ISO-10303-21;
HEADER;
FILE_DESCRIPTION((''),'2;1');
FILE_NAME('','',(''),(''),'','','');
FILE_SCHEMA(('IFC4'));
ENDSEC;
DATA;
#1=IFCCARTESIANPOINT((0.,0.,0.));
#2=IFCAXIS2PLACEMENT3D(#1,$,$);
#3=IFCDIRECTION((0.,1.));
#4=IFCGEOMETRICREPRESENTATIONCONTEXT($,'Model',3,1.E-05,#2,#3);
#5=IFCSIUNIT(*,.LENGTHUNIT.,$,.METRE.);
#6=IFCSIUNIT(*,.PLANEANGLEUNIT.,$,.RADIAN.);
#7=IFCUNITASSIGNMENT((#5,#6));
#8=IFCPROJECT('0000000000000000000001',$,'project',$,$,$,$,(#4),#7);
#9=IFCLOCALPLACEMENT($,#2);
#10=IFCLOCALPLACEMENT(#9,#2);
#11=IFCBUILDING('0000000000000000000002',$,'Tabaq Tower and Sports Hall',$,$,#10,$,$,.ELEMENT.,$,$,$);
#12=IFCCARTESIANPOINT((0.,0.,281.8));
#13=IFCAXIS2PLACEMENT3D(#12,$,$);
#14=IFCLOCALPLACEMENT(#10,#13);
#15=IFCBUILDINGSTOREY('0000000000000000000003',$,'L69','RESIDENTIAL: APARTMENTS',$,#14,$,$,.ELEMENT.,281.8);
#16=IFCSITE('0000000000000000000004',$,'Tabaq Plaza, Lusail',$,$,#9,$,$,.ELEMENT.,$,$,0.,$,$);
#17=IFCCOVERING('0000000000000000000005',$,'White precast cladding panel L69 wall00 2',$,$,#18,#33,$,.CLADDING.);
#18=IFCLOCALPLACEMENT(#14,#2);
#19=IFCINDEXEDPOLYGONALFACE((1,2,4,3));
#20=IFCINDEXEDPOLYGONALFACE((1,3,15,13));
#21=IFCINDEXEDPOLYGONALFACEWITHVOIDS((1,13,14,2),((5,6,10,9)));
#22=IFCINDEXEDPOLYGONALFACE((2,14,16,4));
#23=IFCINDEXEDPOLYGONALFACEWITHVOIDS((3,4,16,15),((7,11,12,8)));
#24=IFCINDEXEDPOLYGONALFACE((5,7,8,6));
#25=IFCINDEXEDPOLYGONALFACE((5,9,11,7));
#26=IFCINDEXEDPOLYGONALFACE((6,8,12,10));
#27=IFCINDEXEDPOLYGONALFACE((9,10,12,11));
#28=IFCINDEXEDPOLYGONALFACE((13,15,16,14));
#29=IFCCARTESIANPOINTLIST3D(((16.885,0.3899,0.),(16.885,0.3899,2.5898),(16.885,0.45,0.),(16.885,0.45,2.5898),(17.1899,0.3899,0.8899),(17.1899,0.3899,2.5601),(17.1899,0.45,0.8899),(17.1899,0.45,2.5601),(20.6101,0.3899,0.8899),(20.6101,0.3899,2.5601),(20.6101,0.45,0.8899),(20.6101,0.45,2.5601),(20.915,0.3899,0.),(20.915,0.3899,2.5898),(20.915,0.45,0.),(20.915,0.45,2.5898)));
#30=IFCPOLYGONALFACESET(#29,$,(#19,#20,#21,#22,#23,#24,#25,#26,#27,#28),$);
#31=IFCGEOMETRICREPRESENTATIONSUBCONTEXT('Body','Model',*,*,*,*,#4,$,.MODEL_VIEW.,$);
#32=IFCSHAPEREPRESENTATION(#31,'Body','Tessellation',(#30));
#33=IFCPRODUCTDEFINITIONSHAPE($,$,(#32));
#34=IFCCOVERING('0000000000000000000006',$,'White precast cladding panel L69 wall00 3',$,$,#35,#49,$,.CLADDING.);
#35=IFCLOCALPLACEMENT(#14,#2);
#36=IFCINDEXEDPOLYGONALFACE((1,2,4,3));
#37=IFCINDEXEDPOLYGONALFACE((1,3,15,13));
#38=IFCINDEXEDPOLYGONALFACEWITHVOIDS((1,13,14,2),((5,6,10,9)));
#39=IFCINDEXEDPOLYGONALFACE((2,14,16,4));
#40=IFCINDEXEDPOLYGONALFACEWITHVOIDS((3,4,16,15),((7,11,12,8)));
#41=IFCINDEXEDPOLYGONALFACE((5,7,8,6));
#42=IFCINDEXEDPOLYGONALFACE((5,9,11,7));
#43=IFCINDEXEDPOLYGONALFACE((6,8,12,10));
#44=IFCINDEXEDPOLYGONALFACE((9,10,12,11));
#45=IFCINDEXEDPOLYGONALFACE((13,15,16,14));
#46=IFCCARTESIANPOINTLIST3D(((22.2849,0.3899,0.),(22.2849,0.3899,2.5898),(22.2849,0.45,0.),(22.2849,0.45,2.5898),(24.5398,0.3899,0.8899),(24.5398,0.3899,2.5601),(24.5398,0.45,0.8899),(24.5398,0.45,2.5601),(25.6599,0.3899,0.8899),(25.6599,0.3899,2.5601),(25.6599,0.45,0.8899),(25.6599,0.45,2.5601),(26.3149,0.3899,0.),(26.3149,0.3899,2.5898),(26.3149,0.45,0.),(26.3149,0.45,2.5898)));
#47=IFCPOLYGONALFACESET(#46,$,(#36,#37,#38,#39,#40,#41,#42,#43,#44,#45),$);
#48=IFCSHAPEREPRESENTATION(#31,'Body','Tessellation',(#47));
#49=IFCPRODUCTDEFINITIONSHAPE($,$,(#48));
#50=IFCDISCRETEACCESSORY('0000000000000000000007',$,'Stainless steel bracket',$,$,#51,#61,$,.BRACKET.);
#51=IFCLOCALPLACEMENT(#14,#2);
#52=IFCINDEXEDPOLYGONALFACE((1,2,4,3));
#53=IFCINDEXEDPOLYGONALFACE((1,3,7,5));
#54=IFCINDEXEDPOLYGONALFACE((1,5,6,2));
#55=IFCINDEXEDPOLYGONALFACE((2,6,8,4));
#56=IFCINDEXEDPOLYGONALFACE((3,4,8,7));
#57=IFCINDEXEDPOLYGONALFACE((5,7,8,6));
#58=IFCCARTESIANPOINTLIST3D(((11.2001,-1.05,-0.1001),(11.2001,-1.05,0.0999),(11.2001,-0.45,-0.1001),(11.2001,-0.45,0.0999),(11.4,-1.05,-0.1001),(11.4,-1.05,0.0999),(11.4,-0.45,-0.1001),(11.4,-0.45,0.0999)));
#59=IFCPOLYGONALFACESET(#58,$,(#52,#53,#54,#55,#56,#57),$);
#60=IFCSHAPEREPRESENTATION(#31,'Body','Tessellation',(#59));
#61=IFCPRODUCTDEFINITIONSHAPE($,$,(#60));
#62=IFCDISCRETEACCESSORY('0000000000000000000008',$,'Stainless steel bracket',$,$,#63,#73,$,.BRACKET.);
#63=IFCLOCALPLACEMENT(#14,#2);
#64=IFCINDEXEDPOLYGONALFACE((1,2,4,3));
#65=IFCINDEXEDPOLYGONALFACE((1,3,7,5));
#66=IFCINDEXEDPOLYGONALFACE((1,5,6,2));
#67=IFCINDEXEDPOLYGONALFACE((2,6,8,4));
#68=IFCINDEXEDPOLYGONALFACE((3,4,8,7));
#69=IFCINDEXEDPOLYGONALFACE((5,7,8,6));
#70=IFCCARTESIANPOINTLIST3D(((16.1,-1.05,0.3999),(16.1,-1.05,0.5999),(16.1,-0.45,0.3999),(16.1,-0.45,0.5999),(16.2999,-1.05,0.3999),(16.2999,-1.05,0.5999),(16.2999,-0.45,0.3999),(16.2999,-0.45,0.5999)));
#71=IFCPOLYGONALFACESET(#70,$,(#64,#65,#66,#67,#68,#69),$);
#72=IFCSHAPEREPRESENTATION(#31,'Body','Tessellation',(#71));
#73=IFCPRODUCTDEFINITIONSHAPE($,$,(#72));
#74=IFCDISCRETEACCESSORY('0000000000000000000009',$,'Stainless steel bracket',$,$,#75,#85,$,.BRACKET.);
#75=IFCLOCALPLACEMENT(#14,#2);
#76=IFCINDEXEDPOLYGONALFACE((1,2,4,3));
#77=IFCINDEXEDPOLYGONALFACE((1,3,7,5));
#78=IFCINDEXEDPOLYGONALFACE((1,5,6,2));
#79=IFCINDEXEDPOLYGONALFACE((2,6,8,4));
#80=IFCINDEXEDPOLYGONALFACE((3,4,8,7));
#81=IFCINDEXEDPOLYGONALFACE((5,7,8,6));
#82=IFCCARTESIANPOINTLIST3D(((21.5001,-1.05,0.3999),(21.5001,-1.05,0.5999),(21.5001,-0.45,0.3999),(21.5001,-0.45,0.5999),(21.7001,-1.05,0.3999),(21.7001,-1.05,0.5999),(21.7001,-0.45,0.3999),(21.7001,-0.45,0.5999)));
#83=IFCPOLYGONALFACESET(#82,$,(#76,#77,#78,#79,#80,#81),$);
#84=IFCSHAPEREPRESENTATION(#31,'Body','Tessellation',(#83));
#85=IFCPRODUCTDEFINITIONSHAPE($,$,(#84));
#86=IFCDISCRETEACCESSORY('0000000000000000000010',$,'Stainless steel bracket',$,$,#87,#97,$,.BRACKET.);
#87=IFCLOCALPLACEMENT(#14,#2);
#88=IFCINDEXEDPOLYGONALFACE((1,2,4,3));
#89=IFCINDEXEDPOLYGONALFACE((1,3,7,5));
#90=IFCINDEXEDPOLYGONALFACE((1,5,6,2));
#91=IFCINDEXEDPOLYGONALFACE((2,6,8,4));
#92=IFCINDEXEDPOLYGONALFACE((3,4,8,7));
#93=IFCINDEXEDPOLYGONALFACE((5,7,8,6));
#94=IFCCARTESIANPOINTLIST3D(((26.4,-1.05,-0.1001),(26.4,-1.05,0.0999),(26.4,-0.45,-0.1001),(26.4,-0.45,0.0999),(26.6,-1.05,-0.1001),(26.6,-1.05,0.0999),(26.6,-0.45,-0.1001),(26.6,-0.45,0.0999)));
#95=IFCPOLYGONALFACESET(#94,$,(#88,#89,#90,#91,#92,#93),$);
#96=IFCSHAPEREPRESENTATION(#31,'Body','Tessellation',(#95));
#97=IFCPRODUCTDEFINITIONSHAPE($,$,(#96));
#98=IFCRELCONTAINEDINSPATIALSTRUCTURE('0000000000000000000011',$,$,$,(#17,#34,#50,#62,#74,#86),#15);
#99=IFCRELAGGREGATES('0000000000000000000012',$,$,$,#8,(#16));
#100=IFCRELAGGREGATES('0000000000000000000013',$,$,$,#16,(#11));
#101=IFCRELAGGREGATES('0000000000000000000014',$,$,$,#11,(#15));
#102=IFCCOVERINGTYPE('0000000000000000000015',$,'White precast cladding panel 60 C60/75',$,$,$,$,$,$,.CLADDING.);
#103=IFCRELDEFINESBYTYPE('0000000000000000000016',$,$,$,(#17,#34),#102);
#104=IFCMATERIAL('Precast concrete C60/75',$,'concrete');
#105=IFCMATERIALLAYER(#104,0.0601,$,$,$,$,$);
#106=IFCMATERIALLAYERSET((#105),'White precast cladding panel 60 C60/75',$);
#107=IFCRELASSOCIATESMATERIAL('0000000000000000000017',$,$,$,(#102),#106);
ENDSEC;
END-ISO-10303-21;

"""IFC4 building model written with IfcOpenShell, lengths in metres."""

from ifc_helpers import new_model, si_unit, direction, frame, origin, origin_2d, place, context, subcontext, project, spatial, polyline, rectangle, outline, extrude, material, layer, layer_set, type_object, element, save


model = new_model("IFC4")

# Units and contexts
model_context = context("Model", 3, precision=1e-05, world=origin(), true_north=direction((0.0, 1.0)))
body_context = subcontext(model_context, "Body", "Model", "MODEL_VIEW")
ifc_project = project(units=[si_unit("LENGTHUNIT", "METRE"), si_unit("PLANEANGLEUNIT", "RADIAN")], contexts=[model_context])

# Site, building, storey
site_placement = place(None, origin())
site = spatial("IfcSite", under=ifc_project, at=site_placement, Name="Tabaq Plaza, Lusail", CompositionType="ELEMENT", RefElevation=0.0)
building_placement = place(site_placement, origin())
building = spatial("IfcBuilding", under=site, at=building_placement, Name="Tabaq Tower and Sports Hall", CompositionType="ELEMENT")
storey_placement = place(building_placement, frame((0.0, 0.0, 281.8)))
storey = spatial("IfcBuildingStorey", under=building, at=storey_placement, Name="L69", Description="RESIDENTIAL: APARTMENTS", CompositionType="ELEMENT", Elevation=281.8)

# Coverings
ifc_material_1 = material(Name="Precast concrete C60/75", Category="concrete")
ifc_layer_1 = layer(ifc_material_1, 0.0601)
ifc_layer_set_1 = layer_set([ifc_layer_1], Name="White precast cladding panel 60 C60/75")
covering_type_1 = type_object("IfcCoveringType", Name="White precast cladding panel 60 C60/75", PredefinedType="CLADDING", material=ifc_layer_set_1)
covering_1_placement = place(storey_placement, frame((16.885, 0.4199, 0.0), z_axis=(0.0, 0.0, 1.0), x_axis=(1.0, 0.0, 0.0)))
element("IfcCovering", 1, at=covering_1_placement, inside=storey, type_object=covering_type_1, Name="White precast cladding panel L69 wall00 2", PredefinedType="CLADDING", context=body_context, shape_type="SweptSolid", body=[
    extrude(outline(polyline([(0.0, 0.0), (4.03, 0.0), (4.03, 2.5898), (0.0, 2.5898), (0.0, 0.0)]), holes=[polyline([(3.7251, 0.8899), (0.3049, 0.8899), (0.3049, 2.5601), (3.7251, 2.5601), (3.7251, 0.8899)])]), frame((0.0, 0.03, 0.0), z_axis=(0.0, -1.0, 0.0), x_axis=(1.0, 0.0, 0.0)), (0.0, 0.0, 1.0), 0.0601),
])
covering_2_placement = place(storey_placement, frame((22.2849, 0.4199, 0.0), z_axis=(0.0, 0.0, 1.0), x_axis=(1.0, 0.0, 0.0)))
element("IfcCovering", 2, at=covering_2_placement, inside=storey, type_object=covering_type_1, Name="White precast cladding panel L69 wall00 3", PredefinedType="CLADDING", context=body_context, shape_type="SweptSolid", body=[
    extrude(outline(polyline([(0.0, 0.0), (4.03, 0.0), (4.03, 2.5898), (0.0, 2.5898), (0.0, 0.0)]), holes=[polyline([(3.375, 0.8899), (2.2549, 0.8899), (2.2549, 2.5601), (3.375, 2.5601), (3.375, 0.8899)])]), frame((0.0, 0.03, 0.0), z_axis=(0.0, -1.0, 0.0), x_axis=(1.0, 0.0, 0.0)), (0.0, 0.0, 1.0), 0.0601),
])

# Discrete accessories
for number, where, z_axis, x_axis, name in (
    (3, (11.3, -0.75, -0.1001), (0.0, 0.0, 1.0), (0.0, -1.0, 0.0), "Stainless steel bracket"),
    (4, (16.2, -0.75, 0.3999), (0.0, 0.0, 1.0), (0.0, -1.0, 0.0), "Stainless steel bracket"),
    (5, (21.6001, -0.75, 0.3999), (0.0, 0.0, 1.0), (0.0, -1.0, 0.0), "Stainless steel bracket"),
    (6, (26.5, -0.75, -0.1001), (0.0, 0.0, 1.0), (0.0, -1.0, 0.0), "Stainless steel bracket"),
):
    element("IfcDiscreteAccessory", number, at=place(storey_placement, frame(where, z_axis=z_axis, x_axis=x_axis)), inside=storey, Name=name, PredefinedType="BRACKET", context=body_context, shape_type="SweptSolid", body=[
        extrude(rectangle(XDim=0.6001, YDim=0.2, at=origin_2d()), origin(), (0.0, 0.0, 1.0), 0.2),
    ])

save(model, "model.ifc")
